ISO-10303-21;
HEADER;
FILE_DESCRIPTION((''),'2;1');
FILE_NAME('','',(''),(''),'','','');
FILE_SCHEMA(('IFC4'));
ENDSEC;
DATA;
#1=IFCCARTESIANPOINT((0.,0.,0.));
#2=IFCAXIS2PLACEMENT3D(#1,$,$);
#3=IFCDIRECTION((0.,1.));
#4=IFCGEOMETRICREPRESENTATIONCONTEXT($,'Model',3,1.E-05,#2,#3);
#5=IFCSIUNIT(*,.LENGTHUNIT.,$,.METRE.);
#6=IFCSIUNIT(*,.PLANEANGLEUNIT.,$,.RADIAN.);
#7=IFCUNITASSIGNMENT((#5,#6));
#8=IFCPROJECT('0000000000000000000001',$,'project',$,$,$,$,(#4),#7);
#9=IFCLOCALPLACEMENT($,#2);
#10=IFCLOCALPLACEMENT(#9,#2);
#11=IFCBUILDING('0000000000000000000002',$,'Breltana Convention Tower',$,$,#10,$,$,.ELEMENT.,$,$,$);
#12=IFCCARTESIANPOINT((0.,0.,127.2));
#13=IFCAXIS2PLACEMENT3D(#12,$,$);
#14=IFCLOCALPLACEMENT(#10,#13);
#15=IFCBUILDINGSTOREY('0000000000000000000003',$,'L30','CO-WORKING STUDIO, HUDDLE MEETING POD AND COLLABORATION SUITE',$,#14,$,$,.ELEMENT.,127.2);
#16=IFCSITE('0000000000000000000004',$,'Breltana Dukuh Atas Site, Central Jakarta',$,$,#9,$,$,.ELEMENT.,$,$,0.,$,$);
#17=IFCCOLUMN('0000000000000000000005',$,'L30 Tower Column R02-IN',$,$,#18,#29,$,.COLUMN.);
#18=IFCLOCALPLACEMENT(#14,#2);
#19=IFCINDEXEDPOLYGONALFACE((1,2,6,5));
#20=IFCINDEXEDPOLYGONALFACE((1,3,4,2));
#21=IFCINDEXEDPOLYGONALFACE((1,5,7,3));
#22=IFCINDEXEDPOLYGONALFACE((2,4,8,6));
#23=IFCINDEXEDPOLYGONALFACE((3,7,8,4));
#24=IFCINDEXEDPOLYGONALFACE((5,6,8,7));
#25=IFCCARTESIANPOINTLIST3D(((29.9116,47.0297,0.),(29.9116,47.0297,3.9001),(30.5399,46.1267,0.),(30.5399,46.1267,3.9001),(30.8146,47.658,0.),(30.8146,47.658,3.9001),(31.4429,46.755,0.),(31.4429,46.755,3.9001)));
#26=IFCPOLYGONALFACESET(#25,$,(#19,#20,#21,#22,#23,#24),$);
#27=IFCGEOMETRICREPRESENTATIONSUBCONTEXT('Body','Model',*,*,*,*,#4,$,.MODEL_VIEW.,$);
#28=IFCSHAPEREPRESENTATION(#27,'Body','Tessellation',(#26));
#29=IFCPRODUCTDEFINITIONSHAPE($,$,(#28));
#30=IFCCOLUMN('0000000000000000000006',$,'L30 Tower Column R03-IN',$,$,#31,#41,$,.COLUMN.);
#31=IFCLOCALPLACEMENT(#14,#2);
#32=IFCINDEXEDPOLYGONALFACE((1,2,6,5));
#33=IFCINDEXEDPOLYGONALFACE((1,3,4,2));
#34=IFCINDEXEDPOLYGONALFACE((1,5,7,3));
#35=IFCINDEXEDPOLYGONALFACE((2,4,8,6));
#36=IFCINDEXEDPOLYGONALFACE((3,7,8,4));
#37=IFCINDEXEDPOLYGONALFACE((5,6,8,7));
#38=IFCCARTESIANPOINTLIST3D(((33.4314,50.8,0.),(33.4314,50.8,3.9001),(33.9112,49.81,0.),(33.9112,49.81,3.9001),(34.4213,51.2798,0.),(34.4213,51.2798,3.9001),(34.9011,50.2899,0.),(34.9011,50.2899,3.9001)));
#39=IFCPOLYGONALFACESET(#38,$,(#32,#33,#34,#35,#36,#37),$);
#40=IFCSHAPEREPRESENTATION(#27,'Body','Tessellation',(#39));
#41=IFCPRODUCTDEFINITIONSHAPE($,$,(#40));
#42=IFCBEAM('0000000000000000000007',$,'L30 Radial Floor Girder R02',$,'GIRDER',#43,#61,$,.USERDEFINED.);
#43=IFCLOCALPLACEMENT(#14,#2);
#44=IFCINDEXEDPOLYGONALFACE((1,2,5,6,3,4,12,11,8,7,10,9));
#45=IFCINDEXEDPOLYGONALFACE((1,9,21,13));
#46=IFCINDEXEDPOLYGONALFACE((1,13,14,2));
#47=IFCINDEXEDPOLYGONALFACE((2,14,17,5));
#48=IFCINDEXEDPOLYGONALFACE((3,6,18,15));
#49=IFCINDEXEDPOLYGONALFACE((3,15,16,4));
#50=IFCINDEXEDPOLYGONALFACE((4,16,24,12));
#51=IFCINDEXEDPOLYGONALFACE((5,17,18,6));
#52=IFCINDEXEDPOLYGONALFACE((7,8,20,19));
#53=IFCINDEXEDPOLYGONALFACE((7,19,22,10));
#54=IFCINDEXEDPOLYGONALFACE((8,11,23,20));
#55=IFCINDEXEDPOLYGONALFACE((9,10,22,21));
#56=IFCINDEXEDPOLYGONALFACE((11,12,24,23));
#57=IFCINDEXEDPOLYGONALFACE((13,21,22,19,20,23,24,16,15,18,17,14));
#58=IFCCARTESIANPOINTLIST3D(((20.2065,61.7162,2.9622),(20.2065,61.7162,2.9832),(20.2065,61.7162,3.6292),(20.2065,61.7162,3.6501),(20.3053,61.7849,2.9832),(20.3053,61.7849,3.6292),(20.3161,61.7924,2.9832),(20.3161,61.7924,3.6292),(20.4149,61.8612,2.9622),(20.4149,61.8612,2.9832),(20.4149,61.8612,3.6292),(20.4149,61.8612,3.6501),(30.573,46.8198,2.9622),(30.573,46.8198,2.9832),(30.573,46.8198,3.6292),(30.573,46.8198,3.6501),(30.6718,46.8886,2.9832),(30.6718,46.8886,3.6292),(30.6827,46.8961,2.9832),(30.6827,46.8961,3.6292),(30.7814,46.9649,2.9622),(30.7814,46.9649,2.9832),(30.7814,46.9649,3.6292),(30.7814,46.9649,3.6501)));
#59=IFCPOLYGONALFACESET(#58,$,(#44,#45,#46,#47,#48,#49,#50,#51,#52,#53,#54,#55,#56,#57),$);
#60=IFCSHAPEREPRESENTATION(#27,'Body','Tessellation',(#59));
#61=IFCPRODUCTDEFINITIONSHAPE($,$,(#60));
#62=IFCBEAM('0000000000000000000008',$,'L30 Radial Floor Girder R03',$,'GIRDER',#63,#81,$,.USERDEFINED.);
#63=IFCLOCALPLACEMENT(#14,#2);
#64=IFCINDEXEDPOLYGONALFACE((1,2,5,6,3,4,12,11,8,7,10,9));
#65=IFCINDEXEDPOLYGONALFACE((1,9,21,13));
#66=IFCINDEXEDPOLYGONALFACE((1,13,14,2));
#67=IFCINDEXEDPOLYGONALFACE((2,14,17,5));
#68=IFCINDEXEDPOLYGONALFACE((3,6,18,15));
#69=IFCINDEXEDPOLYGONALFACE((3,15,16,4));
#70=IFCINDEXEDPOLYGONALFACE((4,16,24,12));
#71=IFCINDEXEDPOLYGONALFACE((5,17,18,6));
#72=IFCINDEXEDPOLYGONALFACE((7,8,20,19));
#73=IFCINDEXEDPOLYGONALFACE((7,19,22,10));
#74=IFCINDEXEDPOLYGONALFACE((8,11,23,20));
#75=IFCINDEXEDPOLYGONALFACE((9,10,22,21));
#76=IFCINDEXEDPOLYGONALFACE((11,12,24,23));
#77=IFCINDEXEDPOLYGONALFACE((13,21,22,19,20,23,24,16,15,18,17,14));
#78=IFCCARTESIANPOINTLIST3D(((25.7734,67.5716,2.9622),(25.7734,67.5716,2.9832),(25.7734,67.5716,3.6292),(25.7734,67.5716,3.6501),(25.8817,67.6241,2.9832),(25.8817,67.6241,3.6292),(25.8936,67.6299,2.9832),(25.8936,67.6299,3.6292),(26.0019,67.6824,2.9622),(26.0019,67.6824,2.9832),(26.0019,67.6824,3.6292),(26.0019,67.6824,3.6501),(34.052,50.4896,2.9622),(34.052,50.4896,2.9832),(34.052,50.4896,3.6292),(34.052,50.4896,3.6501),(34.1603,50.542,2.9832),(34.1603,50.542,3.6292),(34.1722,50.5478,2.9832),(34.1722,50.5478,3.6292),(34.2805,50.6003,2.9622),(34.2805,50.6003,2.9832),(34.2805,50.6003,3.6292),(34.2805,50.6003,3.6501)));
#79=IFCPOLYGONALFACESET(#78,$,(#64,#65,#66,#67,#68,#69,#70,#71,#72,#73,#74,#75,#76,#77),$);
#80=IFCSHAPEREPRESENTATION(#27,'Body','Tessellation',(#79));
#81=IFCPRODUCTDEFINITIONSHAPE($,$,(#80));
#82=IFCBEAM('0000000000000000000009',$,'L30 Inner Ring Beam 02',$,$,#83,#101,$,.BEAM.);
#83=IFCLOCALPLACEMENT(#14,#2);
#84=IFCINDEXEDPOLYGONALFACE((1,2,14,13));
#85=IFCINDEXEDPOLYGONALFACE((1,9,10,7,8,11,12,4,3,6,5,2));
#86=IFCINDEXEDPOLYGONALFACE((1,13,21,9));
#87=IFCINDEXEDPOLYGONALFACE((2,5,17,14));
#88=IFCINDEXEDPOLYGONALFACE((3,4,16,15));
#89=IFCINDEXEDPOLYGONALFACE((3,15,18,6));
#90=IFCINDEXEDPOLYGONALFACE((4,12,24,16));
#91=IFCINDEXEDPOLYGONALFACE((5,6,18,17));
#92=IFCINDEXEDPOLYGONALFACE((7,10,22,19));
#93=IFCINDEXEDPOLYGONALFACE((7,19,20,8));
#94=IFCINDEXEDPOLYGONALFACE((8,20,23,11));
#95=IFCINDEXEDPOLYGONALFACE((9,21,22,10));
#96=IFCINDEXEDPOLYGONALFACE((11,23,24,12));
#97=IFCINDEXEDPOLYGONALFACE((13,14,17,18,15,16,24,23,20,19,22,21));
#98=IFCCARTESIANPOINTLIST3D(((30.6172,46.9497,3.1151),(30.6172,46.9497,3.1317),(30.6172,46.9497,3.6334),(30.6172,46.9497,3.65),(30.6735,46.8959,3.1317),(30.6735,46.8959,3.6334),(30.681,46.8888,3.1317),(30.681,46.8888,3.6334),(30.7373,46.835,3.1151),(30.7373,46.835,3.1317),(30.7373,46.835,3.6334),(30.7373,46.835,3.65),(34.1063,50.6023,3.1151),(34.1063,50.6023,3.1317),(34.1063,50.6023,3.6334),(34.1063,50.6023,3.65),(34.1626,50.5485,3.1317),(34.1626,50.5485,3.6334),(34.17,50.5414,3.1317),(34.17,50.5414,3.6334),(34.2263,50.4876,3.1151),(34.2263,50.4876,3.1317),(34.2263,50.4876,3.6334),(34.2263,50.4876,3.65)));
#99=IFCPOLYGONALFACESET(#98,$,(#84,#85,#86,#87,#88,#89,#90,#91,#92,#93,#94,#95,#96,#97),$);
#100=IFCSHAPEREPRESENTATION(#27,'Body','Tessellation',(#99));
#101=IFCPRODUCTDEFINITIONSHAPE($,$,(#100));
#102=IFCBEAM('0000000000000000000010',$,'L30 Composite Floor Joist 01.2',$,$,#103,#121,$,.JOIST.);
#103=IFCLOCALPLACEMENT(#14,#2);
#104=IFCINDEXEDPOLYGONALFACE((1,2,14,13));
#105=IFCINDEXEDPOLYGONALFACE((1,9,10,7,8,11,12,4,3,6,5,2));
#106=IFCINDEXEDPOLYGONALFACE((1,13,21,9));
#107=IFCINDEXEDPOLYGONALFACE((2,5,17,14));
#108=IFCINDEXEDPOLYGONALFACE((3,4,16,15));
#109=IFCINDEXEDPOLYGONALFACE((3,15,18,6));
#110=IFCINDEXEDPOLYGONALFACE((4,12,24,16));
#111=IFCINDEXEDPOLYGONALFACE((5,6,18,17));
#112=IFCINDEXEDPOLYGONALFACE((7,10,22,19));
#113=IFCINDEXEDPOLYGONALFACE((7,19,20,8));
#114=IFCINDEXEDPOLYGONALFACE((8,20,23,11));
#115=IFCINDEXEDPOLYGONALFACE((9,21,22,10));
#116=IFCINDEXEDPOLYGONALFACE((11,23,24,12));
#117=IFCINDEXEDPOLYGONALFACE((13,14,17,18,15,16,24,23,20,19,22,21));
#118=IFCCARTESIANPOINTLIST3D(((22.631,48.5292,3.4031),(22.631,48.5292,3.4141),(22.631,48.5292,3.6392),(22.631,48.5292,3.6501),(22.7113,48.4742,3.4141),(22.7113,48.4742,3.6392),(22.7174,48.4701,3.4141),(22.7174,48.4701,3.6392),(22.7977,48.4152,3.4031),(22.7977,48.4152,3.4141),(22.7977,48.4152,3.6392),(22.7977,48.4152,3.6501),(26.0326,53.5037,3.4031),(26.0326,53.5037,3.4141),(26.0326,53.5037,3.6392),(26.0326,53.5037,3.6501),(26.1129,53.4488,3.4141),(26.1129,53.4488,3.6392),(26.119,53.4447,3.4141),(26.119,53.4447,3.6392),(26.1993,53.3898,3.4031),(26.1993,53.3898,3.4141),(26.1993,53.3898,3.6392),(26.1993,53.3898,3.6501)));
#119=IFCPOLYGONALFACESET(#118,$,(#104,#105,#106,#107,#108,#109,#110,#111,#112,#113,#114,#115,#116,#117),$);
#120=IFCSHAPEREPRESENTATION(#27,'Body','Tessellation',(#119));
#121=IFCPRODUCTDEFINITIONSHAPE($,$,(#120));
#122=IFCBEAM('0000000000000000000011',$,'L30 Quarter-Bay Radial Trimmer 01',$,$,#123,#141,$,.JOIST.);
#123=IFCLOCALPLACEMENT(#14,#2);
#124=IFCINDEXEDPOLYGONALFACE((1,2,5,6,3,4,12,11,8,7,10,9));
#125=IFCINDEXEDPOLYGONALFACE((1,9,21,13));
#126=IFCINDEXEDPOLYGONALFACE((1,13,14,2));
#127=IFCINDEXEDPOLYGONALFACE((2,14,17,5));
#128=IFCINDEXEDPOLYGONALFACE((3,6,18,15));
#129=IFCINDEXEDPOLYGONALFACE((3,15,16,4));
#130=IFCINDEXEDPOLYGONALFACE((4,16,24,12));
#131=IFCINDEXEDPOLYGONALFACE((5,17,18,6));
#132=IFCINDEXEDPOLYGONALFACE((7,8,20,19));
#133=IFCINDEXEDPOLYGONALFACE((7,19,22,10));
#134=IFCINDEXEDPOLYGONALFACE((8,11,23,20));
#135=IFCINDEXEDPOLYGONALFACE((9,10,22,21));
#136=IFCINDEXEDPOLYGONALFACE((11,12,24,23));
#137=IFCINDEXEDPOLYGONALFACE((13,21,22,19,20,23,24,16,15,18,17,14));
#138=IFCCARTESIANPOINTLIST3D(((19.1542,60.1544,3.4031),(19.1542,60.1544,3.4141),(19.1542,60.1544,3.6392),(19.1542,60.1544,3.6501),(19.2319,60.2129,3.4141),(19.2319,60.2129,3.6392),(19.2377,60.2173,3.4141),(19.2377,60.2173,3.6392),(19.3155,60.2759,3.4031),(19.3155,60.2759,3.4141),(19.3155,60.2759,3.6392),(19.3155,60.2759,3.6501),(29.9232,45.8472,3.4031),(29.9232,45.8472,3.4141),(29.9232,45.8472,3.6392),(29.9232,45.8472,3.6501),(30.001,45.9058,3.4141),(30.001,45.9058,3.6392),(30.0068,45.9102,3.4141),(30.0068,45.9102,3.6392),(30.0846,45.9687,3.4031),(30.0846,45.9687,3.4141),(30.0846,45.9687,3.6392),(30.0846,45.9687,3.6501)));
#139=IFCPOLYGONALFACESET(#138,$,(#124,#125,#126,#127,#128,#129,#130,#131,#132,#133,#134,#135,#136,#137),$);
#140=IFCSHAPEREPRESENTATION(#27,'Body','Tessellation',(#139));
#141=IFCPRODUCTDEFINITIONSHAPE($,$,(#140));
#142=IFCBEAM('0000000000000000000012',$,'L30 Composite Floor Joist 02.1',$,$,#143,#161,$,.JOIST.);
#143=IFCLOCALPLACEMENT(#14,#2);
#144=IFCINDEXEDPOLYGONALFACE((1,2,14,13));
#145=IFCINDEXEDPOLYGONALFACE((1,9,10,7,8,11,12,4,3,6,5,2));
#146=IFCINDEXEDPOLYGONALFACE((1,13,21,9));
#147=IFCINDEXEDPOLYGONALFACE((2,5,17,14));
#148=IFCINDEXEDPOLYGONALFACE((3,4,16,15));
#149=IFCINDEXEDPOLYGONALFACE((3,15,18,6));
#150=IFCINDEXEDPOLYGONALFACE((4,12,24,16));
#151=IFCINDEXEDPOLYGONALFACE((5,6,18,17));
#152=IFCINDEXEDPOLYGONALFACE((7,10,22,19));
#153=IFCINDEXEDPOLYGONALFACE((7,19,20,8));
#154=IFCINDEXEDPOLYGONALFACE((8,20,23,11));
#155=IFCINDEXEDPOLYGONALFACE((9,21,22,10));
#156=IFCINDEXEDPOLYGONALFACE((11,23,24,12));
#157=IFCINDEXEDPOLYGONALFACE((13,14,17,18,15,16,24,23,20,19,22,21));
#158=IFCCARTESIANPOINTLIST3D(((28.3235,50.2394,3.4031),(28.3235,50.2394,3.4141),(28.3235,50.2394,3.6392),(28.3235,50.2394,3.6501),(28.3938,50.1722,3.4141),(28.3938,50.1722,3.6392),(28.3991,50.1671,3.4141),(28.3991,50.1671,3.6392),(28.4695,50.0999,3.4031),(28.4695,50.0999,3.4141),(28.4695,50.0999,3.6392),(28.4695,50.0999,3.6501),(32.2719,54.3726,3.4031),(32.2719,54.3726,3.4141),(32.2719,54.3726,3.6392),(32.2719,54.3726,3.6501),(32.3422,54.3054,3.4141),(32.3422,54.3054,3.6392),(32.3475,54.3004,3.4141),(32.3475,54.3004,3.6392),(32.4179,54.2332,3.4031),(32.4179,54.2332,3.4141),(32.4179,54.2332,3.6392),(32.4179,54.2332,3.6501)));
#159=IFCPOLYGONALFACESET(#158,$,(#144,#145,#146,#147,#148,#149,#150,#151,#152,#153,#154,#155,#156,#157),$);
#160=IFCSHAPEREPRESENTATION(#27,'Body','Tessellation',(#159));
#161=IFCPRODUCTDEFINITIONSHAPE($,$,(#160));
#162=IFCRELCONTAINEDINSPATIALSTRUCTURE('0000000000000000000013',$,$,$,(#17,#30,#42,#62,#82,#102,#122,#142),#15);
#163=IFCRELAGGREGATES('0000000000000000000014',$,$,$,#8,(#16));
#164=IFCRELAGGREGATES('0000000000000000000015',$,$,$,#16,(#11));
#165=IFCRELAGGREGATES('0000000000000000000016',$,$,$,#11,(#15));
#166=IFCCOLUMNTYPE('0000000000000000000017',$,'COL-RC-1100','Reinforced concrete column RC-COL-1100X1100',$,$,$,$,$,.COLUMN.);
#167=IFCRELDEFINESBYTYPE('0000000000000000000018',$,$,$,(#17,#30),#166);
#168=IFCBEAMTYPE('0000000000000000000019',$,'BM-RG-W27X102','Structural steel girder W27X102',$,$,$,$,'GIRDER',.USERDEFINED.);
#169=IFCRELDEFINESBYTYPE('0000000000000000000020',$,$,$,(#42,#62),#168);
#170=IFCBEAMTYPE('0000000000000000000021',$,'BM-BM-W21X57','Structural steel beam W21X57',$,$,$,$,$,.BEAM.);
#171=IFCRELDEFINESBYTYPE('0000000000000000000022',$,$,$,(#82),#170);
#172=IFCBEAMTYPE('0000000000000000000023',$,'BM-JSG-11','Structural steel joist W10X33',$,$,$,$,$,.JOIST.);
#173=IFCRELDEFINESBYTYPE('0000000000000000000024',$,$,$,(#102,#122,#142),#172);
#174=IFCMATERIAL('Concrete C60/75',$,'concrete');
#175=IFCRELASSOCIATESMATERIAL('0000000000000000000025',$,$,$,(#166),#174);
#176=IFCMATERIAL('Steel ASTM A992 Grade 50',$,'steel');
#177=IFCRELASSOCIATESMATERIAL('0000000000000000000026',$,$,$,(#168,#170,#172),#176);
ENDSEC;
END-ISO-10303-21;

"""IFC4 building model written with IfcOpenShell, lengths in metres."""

from ifc_helpers import new_model, si_unit, direction, frame, origin, origin_2d, place, context, subcontext, project, spatial, rectangle, i_section, extrude, source, transform, mapped, material, material_profile, profile_set, type_object, element, save


model = new_model("IFC4")

# Units and contexts
model_context = context("Model", 3, precision=1e-05, world=origin(), true_north=direction((0.0, 1.0)))
body_context = subcontext(model_context, "Body", "Model", "MODEL_VIEW")
ifc_project = project(units=[si_unit("LENGTHUNIT", "METRE"), si_unit("PLANEANGLEUNIT", "RADIAN")], contexts=[model_context])

# Site, building, storey
site_placement = place(None, origin())
site = spatial("IfcSite", under=ifc_project, at=site_placement, Name="Breltana Dukuh Atas Site, Central Jakarta", CompositionType="ELEMENT", RefElevation=0.0)
building_placement = place(site_placement, origin())
building = spatial("IfcBuilding", under=site, at=building_placement, Name="Breltana Convention Tower", CompositionType="ELEMENT")
storey_placement = place(building_placement, frame((0.0, 0.0, 127.2)))
storey = spatial("IfcBuildingStorey", under=building, at=storey_placement, Name="L30", Description="CO-WORKING STUDIO, HUDDLE MEETING POD AND COLLABORATION SUITE", CompositionType="ELEMENT", Elevation=127.2)

# Columns
ifc_material_1 = material(Name="Concrete C60/75", Category="concrete")
ifc_material_profile_1 = material_profile(ifc_material_1, rectangle(XDim=1.1001, YDim=1.1001, at=origin_2d()), Name="RC-COL-1100X1100")
ifc_profile_set_1 = profile_set([ifc_material_profile_1], Name="Concrete C60/75")
column_type = type_object("IfcColumnType", Name="COL-RC-1100", Description="Reinforced concrete column RC-COL-1100X1100", PredefinedType="COLUMN", material=ifc_profile_set_1)
shared_shape_1 = source(origin(), body_context, "Body", "SweptSolid", [
    extrude(rectangle(XDim=1.1001, YDim=1.1001, at=origin_2d()), origin(), (0.0, 0.0, 1.0), 3.9001),
])
for number, where, z_axis, x_axis, name in (
    (1, (30.6772, 46.8923, 0.0), (0.0, 0.0, 1.0), (-0.571143, 0.82085, 0.0), "L30 Tower Column R02-IN"),
    (2, (34.1663, 50.5449, 0.0), (0.0, 0.0, 1.0), (-0.436174, 0.899863, 0.0), "L30 Tower Column R03-IN"),
):
    element("IfcColumn", number, at=place(storey_placement, frame(where, z_axis=z_axis, x_axis=x_axis)), inside=storey, type_object=column_type, Name=name, PredefinedType="COLUMN", context=body_context, shape_type="MappedRepresentation", body=[
        mapped(shared_shape_1, transform((0.0, 0.0, 0.0), scale=1.0)),
    ])

# Beams
ifc_material_2 = material(Name="Steel ASTM A992 Grade 50", Category="steel")
ifc_material_profile_2 = material_profile(ifc_material_2, i_section(OverallWidth=0.2539, OverallDepth=0.688, WebThickness=0.0132, FlangeThickness=0.021, at=origin_2d()), Name="W27X102")
ifc_profile_set_2 = profile_set([ifc_material_profile_2], Name="Steel ASTM A992 Grade 50")
beam_type_1 = type_object("IfcBeamType", Name="BM-RG-W27X102", Description="Structural steel girder W27X102", ElementType="GIRDER", PredefinedType="USERDEFINED", material=ifc_profile_set_2)
shared_shape_2 = source(origin(), body_context, "Body", "SweptSolid", [
    extrude(i_section(OverallWidth=0.2539, OverallDepth=0.688, WebThickness=0.0132, FlangeThickness=0.021, at=origin_2d()), origin(), (0.0, 0.0, 1.0), 18.1484),
])
beam_1_placement = place(storey_placement, frame((30.6772, 46.8923, 3.3062), z_axis=(-0.571208, 0.820806, 0.0), x_axis=(-0.820806, -0.571208, 0.0)))
element("IfcBeam", 3, at=beam_1_placement, inside=storey, type_object=beam_type_1, Name="L30 Radial Floor Girder R02", ObjectType="GIRDER", PredefinedType="USERDEFINED", context=body_context, shape_type="MappedRepresentation", body=[
    mapped(shared_shape_2, transform((0.0, 0.0, 0.0), scale=1.0)),
])
shared_shape_3 = source(origin(), body_context, "Body", "SweptSolid", [
    extrude(i_section(OverallWidth=0.2539, OverallDepth=0.688, WebThickness=0.0132, FlangeThickness=0.021, at=origin_2d()), origin(), (0.0, 0.0, 1.0), 18.9824),
])
beam_2_placement = place(storey_placement, frame((34.1663, 50.5449, 3.3062), z_axis=(-0.436119, 0.899889, 0.0), x_axis=(-0.899889, -0.436119, 0.0)))
element("IfcBeam", 4, at=beam_2_placement, inside=storey, type_object=beam_type_1, Name="L30 Radial Floor Girder R03", ObjectType="GIRDER", PredefinedType="USERDEFINED", context=body_context, shape_type="MappedRepresentation", body=[
    mapped(shared_shape_3, transform((0.0, 0.0, 0.0), scale=1.0)),
])
ifc_material_profile_3 = material_profile(ifc_material_2, i_section(OverallWidth=0.166, OverallDepth=0.5349, WebThickness=0.0103, FlangeThickness=0.0166, at=origin_2d()), Name="W21X57")
ifc_profile_set_3 = profile_set([ifc_material_profile_3], Name="Steel ASTM A992 Grade 50")
beam_type_2 = type_object("IfcBeamType", Name="BM-BM-W21X57", Description="Structural steel beam W21X57", PredefinedType="BEAM", material=ifc_profile_set_3)
shared_shape_4 = source(origin(), body_context, "Body", "SweptSolid", [
    extrude(i_section(OverallWidth=0.166, OverallDepth=0.5349, WebThickness=0.0103, FlangeThickness=0.0166, at=origin_2d()), origin(), (0.0, 0.0, 1.0), 5.0513),
])
beam_3_placement = place(storey_placement, frame((30.6772, 46.8923, 3.3826), z_axis=(0.69073, 0.723113, 0.0), x_axis=(-0.723113, 0.69073, 0.0)))
element("IfcBeam", 5, at=beam_3_placement, inside=storey, type_object=beam_type_2, Name="L30 Inner Ring Beam 02", PredefinedType="BEAM", context=body_context, shape_type="MappedRepresentation", body=[
    mapped(shared_shape_4, transform((0.0, 0.0, 0.0), scale=1.0)),
])
ifc_material_profile_4 = material_profile(ifc_material_2, i_section(OverallWidth=0.2019, OverallDepth=0.2471, WebThickness=0.0073, FlangeThickness=0.011, at=origin_2d()), Name="W10X33")
ifc_profile_set_4 = profile_set([ifc_material_profile_4], Name="Steel ASTM A992 Grade 50")
beam_type_3 = type_object("IfcBeamType", Name="BM-JSG-11", Description="Structural steel joist W10X33", PredefinedType="JOIST", material=ifc_profile_set_4)
shared_shape_5 = source(origin(), body_context, "Body", "SweptSolid", [
    extrude(i_section(OverallWidth=0.2019, OverallDepth=0.2471, WebThickness=0.0073, FlangeThickness=0.011, at=origin_2d()), origin(), (0.0, 0.0, 1.0), 6.0264),
])
beam_4_placement = place(storey_placement, frame((22.7144, 48.4722, 3.5266), z_axis=(0.56445, 0.825467, 0.0), x_axis=(-0.825467, 0.56445, 0.0)))
element("IfcBeam", 6, at=beam_4_placement, inside=storey, type_object=beam_type_3, Name="L30 Composite Floor Joist 01.2", PredefinedType="JOIST", context=body_context, shape_type="MappedRepresentation", body=[
    mapped(shared_shape_5, transform((0.0, 0.0, 0.0), scale=1.0)),
])
shared_shape_6 = source(origin(), body_context, "Body", "SweptSolid", [
    extrude(i_section(OverallWidth=0.2019, OverallDepth=0.2471, WebThickness=0.0073, FlangeThickness=0.011, at=origin_2d()), origin(), (0.0, 0.0, 1.0), 17.9072),
])
beam_5_placement = place(storey_placement, frame((30.0039, 45.908, 3.5266), z_axis=(-0.601382, 0.798962, 0.0), x_axis=(-0.798962, -0.601382, 0.0)))
element("IfcBeam", 7, at=beam_5_placement, inside=storey, type_object=beam_type_3, Name="L30 Quarter-Bay Radial Trimmer 01", PredefinedType="JOIST", context=body_context, shape_type="MappedRepresentation", body=[
    mapped(shared_shape_6, transform((0.0, 0.0, 0.0), scale=1.0)),
])
shared_shape_7 = source(origin(), body_context, "Body", "SweptSolid", [
    extrude(i_section(OverallWidth=0.2019, OverallDepth=0.2471, WebThickness=0.0073, FlangeThickness=0.011, at=origin_2d()), origin(), (0.0, 0.0, 1.0), 5.7161),
])
beam_6_placement = place(storey_placement, frame((28.3965, 50.1697, 3.5266), z_axis=(0.690756, 0.723088, 0.0), x_axis=(-0.723088, 0.690756, 0.0)))
element("IfcBeam", 8, at=beam_6_placement, inside=storey, type_object=beam_type_3, Name="L30 Composite Floor Joist 02.1", PredefinedType="JOIST", context=body_context, shape_type="MappedRepresentation", body=[
    mapped(shared_shape_7, transform((0.0, 0.0, 0.0), scale=1.0)),
])

save(model, "model.ifc")
